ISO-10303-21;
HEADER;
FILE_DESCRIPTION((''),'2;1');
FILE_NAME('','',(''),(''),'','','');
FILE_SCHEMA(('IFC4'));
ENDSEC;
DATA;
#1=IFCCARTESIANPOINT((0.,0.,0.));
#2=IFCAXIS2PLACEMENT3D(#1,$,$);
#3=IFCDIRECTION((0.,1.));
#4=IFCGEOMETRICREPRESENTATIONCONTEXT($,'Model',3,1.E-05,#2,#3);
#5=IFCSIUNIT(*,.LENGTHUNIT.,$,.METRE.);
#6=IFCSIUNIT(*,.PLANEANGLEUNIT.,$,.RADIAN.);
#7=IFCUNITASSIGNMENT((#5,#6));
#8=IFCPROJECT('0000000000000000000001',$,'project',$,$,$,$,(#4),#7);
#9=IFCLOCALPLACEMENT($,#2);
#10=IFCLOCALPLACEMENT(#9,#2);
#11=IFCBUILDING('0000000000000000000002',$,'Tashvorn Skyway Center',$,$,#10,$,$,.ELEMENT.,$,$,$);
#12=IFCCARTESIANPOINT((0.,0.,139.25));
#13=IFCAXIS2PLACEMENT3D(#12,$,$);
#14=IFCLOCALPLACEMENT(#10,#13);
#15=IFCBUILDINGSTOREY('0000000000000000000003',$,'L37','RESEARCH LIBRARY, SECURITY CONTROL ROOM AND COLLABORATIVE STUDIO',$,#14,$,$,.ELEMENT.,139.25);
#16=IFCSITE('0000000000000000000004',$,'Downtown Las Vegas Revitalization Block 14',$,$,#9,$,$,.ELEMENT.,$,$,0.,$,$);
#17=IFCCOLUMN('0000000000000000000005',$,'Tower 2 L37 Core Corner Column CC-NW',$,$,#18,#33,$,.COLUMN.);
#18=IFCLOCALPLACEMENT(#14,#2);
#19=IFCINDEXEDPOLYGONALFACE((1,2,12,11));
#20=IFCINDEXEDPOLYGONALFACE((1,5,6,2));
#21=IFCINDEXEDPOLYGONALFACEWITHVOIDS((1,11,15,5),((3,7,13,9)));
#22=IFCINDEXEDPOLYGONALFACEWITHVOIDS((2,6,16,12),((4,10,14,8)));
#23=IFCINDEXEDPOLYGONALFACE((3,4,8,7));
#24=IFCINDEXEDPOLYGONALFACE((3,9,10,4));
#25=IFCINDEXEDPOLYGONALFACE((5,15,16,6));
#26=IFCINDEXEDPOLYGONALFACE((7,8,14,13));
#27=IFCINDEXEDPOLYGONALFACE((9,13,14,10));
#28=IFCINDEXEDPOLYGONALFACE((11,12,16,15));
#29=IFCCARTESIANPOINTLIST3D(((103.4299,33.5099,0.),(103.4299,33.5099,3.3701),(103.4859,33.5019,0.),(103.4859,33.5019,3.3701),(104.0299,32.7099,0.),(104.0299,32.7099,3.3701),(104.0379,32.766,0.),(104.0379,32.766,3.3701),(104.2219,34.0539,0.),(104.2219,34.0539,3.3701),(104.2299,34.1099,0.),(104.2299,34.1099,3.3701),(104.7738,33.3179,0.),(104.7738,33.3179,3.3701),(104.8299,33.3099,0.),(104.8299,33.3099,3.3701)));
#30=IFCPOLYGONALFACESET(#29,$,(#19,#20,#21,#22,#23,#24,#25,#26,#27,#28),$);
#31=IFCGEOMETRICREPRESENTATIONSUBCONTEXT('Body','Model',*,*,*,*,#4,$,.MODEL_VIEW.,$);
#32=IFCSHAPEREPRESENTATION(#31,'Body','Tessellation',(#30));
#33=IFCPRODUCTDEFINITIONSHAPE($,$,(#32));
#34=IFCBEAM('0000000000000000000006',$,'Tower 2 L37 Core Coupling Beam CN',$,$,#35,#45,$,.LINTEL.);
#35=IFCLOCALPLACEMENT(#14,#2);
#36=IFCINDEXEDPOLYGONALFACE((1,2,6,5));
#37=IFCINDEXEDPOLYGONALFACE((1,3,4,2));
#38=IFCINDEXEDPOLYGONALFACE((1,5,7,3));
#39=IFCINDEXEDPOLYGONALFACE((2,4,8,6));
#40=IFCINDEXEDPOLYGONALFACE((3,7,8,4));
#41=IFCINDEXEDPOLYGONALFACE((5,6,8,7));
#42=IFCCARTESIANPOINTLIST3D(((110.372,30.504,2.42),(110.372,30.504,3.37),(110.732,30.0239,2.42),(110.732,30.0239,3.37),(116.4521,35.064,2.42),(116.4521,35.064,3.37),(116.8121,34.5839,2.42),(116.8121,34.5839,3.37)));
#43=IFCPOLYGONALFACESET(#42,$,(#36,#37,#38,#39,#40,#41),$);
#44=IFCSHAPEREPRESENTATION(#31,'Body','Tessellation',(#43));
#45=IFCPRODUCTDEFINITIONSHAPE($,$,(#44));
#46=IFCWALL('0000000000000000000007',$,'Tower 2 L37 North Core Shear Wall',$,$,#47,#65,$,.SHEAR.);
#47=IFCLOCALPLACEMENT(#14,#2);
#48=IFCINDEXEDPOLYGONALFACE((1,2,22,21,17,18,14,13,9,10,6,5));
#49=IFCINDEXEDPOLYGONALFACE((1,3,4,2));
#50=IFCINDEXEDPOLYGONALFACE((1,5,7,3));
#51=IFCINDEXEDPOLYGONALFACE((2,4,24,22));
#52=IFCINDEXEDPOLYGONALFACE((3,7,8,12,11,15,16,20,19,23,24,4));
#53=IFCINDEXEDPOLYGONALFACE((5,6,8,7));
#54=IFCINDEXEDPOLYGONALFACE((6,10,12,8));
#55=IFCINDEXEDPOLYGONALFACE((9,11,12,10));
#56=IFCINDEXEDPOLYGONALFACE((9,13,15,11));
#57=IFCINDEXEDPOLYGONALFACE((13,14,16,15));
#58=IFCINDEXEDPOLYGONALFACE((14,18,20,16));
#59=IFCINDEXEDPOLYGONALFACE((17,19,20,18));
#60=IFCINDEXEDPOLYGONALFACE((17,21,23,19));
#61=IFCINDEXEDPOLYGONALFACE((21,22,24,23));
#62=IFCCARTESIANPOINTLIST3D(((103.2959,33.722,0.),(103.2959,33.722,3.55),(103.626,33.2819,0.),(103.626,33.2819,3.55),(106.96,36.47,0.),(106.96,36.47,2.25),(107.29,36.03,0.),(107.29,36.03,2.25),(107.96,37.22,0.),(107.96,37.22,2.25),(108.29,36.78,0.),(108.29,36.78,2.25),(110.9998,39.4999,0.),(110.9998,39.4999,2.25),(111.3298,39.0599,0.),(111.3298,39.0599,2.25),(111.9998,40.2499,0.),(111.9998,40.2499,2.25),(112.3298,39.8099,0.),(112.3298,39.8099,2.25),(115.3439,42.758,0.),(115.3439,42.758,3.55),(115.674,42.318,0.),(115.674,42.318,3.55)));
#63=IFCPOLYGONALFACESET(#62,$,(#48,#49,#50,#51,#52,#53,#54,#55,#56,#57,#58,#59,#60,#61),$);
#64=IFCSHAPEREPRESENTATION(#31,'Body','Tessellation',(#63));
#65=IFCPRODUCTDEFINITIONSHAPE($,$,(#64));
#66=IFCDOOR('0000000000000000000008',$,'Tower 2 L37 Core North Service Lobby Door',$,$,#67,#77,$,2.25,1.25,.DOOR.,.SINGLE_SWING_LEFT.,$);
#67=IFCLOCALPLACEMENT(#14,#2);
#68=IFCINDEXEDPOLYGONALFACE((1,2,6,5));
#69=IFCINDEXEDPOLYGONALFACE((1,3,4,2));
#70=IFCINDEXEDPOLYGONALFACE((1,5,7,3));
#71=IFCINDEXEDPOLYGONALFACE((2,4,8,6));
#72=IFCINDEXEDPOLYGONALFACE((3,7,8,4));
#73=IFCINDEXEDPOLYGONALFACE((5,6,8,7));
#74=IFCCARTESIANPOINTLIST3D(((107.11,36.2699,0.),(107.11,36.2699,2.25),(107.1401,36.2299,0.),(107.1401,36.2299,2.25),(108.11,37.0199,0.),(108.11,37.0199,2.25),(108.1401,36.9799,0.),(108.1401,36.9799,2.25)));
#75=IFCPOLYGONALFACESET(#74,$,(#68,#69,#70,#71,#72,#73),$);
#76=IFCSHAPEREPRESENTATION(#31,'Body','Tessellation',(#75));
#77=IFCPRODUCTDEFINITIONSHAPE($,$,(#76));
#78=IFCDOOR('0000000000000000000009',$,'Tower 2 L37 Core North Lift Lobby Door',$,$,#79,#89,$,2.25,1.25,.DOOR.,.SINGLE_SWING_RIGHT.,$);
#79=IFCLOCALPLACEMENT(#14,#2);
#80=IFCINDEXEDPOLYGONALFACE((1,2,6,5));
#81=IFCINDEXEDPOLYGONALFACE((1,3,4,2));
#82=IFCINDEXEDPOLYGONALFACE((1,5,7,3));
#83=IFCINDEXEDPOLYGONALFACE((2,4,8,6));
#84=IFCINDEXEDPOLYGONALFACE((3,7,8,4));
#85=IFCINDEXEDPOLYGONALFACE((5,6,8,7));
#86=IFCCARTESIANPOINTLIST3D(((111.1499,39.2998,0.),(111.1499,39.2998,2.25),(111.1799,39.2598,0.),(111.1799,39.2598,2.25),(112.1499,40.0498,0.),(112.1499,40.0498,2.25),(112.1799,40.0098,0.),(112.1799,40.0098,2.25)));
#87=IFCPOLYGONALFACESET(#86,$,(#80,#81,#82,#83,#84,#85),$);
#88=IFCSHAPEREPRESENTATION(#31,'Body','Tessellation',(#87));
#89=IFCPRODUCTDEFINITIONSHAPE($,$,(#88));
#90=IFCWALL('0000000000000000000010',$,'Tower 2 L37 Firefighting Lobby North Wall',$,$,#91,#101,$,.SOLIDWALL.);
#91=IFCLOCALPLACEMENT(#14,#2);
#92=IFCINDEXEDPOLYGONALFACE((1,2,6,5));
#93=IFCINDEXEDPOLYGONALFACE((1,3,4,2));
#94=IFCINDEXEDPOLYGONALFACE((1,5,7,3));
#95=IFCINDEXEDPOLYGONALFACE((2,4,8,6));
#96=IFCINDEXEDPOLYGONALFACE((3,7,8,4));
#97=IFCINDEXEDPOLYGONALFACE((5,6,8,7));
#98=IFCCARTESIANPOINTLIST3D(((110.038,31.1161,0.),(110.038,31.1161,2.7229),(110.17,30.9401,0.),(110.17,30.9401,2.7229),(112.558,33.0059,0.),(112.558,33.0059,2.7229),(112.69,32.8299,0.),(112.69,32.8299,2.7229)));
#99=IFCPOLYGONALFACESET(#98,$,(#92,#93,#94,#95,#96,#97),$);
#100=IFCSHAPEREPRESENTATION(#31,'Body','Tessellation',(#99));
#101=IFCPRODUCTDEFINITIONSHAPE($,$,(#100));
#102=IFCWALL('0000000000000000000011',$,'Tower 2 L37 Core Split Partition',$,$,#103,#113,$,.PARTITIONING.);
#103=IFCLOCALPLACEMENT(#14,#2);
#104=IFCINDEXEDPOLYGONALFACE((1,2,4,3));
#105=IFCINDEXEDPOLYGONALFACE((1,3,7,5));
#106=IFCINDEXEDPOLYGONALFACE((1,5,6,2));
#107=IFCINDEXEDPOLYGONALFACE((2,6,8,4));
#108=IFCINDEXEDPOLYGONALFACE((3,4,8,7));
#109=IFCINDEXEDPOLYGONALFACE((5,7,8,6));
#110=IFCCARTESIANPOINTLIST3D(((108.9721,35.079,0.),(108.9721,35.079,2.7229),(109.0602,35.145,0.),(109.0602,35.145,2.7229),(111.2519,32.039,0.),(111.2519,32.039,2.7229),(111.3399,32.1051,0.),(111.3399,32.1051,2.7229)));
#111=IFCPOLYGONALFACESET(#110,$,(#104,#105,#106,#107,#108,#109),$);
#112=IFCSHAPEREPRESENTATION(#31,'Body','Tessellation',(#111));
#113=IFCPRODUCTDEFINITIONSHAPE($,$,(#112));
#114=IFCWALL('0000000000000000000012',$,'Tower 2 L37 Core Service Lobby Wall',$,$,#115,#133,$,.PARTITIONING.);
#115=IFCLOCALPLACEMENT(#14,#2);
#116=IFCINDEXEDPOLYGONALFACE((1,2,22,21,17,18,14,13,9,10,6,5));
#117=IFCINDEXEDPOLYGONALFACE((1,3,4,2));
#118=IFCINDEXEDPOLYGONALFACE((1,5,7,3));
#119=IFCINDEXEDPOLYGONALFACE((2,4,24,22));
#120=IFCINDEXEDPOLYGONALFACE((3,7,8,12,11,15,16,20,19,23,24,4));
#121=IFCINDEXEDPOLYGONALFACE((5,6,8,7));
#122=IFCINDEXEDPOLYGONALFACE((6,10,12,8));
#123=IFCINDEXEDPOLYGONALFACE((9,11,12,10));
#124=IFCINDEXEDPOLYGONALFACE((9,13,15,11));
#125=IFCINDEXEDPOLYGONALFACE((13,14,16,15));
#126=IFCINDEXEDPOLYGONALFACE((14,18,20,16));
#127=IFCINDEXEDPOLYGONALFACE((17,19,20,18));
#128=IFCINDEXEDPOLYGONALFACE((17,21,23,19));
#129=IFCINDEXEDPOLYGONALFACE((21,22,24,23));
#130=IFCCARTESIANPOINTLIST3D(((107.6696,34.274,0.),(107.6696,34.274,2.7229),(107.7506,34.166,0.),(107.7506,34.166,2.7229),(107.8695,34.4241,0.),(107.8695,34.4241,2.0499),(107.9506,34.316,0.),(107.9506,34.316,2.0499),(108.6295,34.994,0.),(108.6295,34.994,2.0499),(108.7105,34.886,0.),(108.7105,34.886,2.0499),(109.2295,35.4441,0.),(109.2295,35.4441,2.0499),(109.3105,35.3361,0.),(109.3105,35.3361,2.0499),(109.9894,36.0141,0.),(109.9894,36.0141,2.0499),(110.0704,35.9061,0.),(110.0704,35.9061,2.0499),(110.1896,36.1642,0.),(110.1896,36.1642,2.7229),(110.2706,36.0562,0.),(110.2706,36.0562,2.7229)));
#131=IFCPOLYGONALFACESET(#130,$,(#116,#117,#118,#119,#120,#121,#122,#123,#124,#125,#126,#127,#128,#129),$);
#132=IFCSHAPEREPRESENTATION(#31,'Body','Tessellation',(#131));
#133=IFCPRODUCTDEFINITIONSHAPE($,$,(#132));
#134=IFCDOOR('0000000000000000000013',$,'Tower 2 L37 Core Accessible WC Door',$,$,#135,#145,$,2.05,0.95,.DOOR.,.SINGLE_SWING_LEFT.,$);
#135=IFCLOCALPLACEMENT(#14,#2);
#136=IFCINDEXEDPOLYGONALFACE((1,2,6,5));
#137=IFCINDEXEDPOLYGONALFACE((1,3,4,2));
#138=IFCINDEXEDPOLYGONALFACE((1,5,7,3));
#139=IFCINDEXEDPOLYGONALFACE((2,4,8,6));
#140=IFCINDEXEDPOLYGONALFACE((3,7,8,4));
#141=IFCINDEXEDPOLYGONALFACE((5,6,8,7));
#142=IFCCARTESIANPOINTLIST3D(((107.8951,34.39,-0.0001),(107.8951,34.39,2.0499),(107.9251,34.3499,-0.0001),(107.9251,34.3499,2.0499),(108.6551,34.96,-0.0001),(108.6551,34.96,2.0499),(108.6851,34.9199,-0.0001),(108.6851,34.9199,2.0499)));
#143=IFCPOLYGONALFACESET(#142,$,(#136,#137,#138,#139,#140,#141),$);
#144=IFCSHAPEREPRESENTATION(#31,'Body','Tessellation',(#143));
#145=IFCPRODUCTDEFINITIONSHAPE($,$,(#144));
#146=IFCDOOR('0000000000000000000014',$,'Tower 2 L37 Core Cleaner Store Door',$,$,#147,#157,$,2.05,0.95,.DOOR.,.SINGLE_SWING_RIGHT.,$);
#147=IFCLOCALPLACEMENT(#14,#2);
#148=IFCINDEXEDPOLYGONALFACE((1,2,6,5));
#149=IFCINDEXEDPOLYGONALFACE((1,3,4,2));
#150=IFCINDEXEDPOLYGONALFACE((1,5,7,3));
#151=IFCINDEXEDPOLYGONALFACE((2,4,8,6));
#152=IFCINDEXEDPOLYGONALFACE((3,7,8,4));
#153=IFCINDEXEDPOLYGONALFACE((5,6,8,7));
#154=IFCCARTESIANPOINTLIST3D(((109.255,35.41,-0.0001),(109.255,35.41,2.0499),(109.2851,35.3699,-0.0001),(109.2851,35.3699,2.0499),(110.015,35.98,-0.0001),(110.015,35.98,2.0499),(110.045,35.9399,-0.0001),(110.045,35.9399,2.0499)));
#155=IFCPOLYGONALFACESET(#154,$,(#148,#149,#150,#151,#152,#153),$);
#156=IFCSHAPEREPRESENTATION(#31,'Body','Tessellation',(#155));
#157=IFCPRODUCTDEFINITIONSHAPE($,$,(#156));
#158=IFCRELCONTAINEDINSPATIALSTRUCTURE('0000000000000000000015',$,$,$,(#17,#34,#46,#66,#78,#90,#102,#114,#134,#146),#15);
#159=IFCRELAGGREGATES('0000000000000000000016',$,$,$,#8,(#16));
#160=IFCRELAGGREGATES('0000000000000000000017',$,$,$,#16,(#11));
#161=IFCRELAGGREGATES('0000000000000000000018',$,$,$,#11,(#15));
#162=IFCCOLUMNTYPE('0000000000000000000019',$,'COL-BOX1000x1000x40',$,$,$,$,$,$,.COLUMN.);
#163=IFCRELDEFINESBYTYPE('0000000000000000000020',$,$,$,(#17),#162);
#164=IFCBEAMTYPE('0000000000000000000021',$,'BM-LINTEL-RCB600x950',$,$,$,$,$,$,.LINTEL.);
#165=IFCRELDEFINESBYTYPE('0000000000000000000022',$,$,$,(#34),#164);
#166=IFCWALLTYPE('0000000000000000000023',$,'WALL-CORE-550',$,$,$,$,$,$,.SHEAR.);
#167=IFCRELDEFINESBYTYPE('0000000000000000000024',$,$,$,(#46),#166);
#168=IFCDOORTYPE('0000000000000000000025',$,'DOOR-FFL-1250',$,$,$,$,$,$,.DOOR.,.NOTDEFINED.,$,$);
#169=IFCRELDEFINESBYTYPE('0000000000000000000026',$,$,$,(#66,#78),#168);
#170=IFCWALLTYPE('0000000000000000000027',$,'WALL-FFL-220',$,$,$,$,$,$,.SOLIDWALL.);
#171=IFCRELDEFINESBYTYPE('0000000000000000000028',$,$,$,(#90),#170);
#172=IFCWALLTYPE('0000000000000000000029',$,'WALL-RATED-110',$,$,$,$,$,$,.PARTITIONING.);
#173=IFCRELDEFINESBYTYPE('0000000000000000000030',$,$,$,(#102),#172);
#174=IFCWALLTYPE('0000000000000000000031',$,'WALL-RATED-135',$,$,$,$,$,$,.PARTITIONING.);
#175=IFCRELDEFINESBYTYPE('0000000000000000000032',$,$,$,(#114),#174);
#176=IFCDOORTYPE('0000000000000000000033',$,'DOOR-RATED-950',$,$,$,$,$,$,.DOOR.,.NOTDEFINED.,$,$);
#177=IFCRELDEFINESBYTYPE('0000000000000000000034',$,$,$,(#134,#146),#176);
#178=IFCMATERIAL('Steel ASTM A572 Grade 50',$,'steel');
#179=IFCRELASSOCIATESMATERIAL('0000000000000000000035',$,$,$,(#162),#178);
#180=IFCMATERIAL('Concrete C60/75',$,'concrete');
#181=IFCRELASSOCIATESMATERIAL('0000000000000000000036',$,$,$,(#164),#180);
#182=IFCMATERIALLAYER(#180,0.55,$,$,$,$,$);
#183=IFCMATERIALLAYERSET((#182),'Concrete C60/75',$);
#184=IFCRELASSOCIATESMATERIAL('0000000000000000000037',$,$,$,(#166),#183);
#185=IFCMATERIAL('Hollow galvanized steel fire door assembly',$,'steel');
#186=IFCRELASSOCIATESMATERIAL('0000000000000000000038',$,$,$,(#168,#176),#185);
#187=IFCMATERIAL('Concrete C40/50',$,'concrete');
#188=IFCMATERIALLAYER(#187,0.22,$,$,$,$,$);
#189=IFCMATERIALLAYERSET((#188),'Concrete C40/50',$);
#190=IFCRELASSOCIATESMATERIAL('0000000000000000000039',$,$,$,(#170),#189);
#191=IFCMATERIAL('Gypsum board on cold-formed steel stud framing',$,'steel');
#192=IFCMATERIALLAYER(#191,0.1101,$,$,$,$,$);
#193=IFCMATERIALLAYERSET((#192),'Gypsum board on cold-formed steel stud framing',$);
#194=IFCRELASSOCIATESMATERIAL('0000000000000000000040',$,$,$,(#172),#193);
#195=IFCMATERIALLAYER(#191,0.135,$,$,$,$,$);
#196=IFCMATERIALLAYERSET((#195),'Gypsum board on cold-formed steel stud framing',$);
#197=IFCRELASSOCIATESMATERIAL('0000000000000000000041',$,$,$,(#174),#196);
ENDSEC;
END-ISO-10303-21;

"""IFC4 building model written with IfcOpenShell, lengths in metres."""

from ifc_helpers import new_model, si_unit, direction, frame, frame_2d, origin, origin_2d, place, context, subcontext, project, spatial, rectangle, hollow_rectangle, extrude, material, layer, layer_set, material_profile, profile_set, type_object, element, fill, save


model = new_model("IFC4")

# Units and contexts
model_context = context("Model", 3, precision=1e-05, world=origin(), true_north=direction((0.0, 1.0)))
body_context = subcontext(model_context, "Body", "Model", "MODEL_VIEW")
ifc_project = project(units=[si_unit("LENGTHUNIT", "METRE"), si_unit("PLANEANGLEUNIT", "RADIAN")], contexts=[model_context])

# Site, building, storey
site_placement = place(None, origin())
site = spatial("IfcSite", under=ifc_project, at=site_placement, Name="Downtown Las Vegas Revitalization Block 14", CompositionType="ELEMENT", RefElevation=0.0)
building_placement = place(site_placement, origin())
building = spatial("IfcBuilding", under=site, at=building_placement, Name="Tashvorn Skyway Center", CompositionType="ELEMENT")
storey_placement = place(building_placement, frame((0.0, 0.0, 139.25)))
storey = spatial("IfcBuildingStorey", under=building, at=storey_placement, Name="L37", Description="RESEARCH LIBRARY, SECURITY CONTROL ROOM AND COLLABORATIVE STUDIO", CompositionType="ELEMENT", Elevation=139.25)

# Column
ifc_material_1 = material(Name="Steel ASTM A572 Grade 50", Category="steel")
ifc_material_profile_1 = material_profile(ifc_material_1, hollow_rectangle(XDim=1.0, YDim=1.0, WallThickness=0.04, at=origin_2d()), Name="BOX1000x1000x40")
ifc_profile_set_1 = profile_set([ifc_material_profile_1], Name="Steel ASTM A572 Grade 50")
column_type = type_object("IfcColumnType", Name="COL-BOX1000x1000x40", PredefinedType="COLUMN", material=ifc_profile_set_1)
column_placement = place(storey_placement, frame((104.1299, 33.4099, 0.0), z_axis=(0.0, 0.0, 1.0), x_axis=(0.8, 0.6, 0.0)))
element("IfcColumn", 1, at=column_placement, inside=storey, type_object=column_type, Name="Tower 2 L37 Core Corner Column CC-NW", PredefinedType="COLUMN", context=body_context, shape_type="SweptSolid", body=[
    extrude(hollow_rectangle(XDim=1.0, YDim=1.0, WallThickness=0.04, at=origin_2d()), origin(), (0.0, 0.0, 1.0), 3.3701),
])

# Beam
ifc_material_2 = material(Name="Concrete C60/75", Category="concrete")
ifc_material_profile_2 = material_profile(ifc_material_2, rectangle(XDim=0.6001, YDim=0.95, at=origin_2d()), Name="RCB600x950")
ifc_profile_set_2 = profile_set([ifc_material_profile_2], Name="Concrete C60/75")
beam_type = type_object("IfcBeamType", Name="BM-LINTEL-RCB600x950", PredefinedType="LINTEL", material=ifc_profile_set_2)
beam_placement = place(storey_placement, frame((110.552, 30.2639, 2.895), z_axis=(0.8, 0.6, 0.0), x_axis=(-0.6, 0.8, 0.0)))
element("IfcBeam", 2, at=beam_placement, inside=storey, type_object=beam_type, Name="Tower 2 L37 Core Coupling Beam CN", PredefinedType="LINTEL", context=body_context, shape_type="SweptSolid", body=[
    extrude(rectangle(XDim=0.6001, YDim=0.95, at=origin_2d()), origin(), (0.0, 0.0, 1.0), 7.6001),
])

# Wall, openings, doors
ifc_layer_1 = layer(ifc_material_2, 0.55)
ifc_layer_set_1 = layer_set([ifc_layer_1], Name="Concrete C60/75")
wall_type_1 = type_object("IfcWallType", Name="WALL-CORE-550", PredefinedType="SHEAR", material=ifc_layer_set_1)
wall_1_placement = place(storey_placement, frame((103.4609, 33.502, 0.0), z_axis=(0.0, 0.0, 1.0), x_axis=(0.799998, 0.600003, 0.0)))
wall_1 = element("IfcWall", 3, at=wall_1_placement, inside=storey, type_object=wall_type_1, Name="Tower 2 L37 North Core Shear Wall", PredefinedType="SHEAR", context=body_context, shape_type="SweptSolid", body=[
    extrude(rectangle(XDim=15.0601, YDim=0.55, at=frame_2d((7.53, 0.0))), origin(), (0.0, 0.0, 1.0), 3.55),
])
opening_1_placement = place(wall_1_placement, frame((4.5801, 0.0, 0.0)))
opening_1 = element("IfcOpeningElement", 4, at=opening_1_placement, cuts=wall_1, PredefinedType="OPENING", context=body_context, shape_type="SweptSolid", body=[
    extrude(rectangle(XDim=1.25, YDim=2.25, at=frame_2d((0.625, 1.125))), frame((0.0, 0.2849, 0.0), z_axis=(0.0, -1.0, 0.0), x_axis=(1.0, 0.0, 0.0)), (0.0, 0.0, 1.0), 0.5701),
])
opening_2_placement = place(wall_1_placement, frame((9.6299, 0.0, 0.0)))
opening_2 = element("IfcOpeningElement", 5, at=opening_2_placement, cuts=wall_1, PredefinedType="OPENING", context=body_context, shape_type="SweptSolid", body=[
    extrude(rectangle(XDim=1.25, YDim=2.25, at=frame_2d((0.625, 1.125))), frame((0.0, 0.2849, 0.0), z_axis=(0.0, -1.0, 0.0), x_axis=(1.0, 0.0, 0.0)), (0.0, 0.0, 1.0), 0.5701),
])
ifc_material_3 = material(Name="Hollow galvanized steel fire door assembly", Category="steel")
door_type_1 = type_object("IfcDoorType", Name="DOOR-FFL-1250", OperationType="NOTDEFINED", PredefinedType="DOOR", material=ifc_material_3)
door_1_placement = place(opening_1_placement, origin())
door_1 = element("IfcDoor", 6, at=door_1_placement, inside=storey, type_object=door_type_1, Name="Tower 2 L37 Core North Service Lobby Door", OperationType="SINGLE_SWING_LEFT", OverallHeight=2.25, OverallWidth=1.25, PredefinedType="DOOR", context=body_context, shape_type="SweptSolid", body=[
    extrude(rectangle(XDim=1.25, YDim=2.25, at=frame_2d((0.625, 1.125))), frame((0.0, 0.0249, 0.0), z_axis=(0.0, -1.0, 0.0), x_axis=(1.0, 0.0, 0.0)), (0.0, 0.0, 1.0), 0.05),
])
fill(opening_1, door_1)
door_2_placement = place(opening_2_placement, origin())
door_2 = element("IfcDoor", 7, at=door_2_placement, inside=storey, type_object=door_type_1, Name="Tower 2 L37 Core North Lift Lobby Door", OperationType="SINGLE_SWING_RIGHT", OverallHeight=2.25, OverallWidth=1.25, PredefinedType="DOOR", context=body_context, shape_type="SweptSolid", body=[
    extrude(rectangle(XDim=1.25, YDim=2.25, at=frame_2d((0.625, 1.125))), frame((0.0, 0.0249, 0.0), z_axis=(0.0, -1.0, 0.0), x_axis=(1.0, 0.0, 0.0)), (0.0, 0.0, 1.0), 0.05),
])
fill(opening_2, door_2)

# Walls
ifc_material_4 = material(Name="Concrete C40/50", Category="concrete")
ifc_layer_2 = layer(ifc_material_4, 0.22)
ifc_layer_set_2 = layer_set([ifc_layer_2], Name="Concrete C40/50")
wall_type_2 = type_object("IfcWallType", Name="WALL-FFL-220", PredefinedType="SOLIDWALL", material=ifc_layer_set_2)
wall_2_placement = place(storey_placement, frame((110.104, 31.0281, 0.0), z_axis=(0.0, 0.0, 1.0), x_axis=(0.800019, 0.599975, 0.0)))
element("IfcWall", 8, at=wall_2_placement, inside=storey, type_object=wall_type_2, Name="Tower 2 L37 Firefighting Lobby North Wall", PredefinedType="SOLIDWALL", context=body_context, shape_type="SweptSolid", body=[
    extrude(rectangle(XDim=3.1499, YDim=0.22, at=frame_2d((1.575, 0.0))), origin(), (0.0, 0.0, 1.0), 2.7229),
])
ifc_material_5 = material(Name="Gypsum board on cold-formed steel stud framing", Category="steel")
ifc_layer_3 = layer(ifc_material_5, 0.1101)
ifc_layer_set_3 = layer_set([ifc_layer_3], Name="Gypsum board on cold-formed steel stud framing")
wall_type_3 = type_object("IfcWallType", Name="WALL-RATED-110", PredefinedType="PARTITIONING", material=ifc_layer_set_3)
wall_3_placement = place(storey_placement, frame((111.2959, 32.072, 0.0), z_axis=(0.0, 0.0, 1.0), x_axis=(-0.599959, 0.800031, 0.0)))
element("IfcWall", 9, at=wall_3_placement, inside=storey, type_object=wall_type_3, Name="Tower 2 L37 Core Split Partition", PredefinedType="PARTITIONING", context=body_context, shape_type="SweptSolid", body=[
    extrude(rectangle(XDim=3.7998, YDim=0.1101, at=frame_2d((1.8999, 0.0))), origin(), (0.0, 0.0, 1.0), 2.7229),
])

# Wall, openings, doors
ifc_layer_4 = layer(ifc_material_5, 0.135)
ifc_layer_set_4 = layer_set([ifc_layer_4], Name="Gypsum board on cold-formed steel stud framing")
wall_type_4 = type_object("IfcWallType", Name="WALL-RATED-135", PredefinedType="PARTITIONING", material=ifc_layer_set_4)
wall_4_placement = place(storey_placement, frame((107.71, 34.22, 0.0), z_axis=(0.0, 0.0, 1.0), x_axis=(0.799981, 0.600025, 0.0)))
wall_4 = element("IfcWall", 10, at=wall_4_placement, inside=storey, type_object=wall_type_4, Name="Tower 2 L37 Core Service Lobby Wall", PredefinedType="PARTITIONING", context=body_context, shape_type="SweptSolid", body=[
    extrude(rectangle(XDim=3.1501, YDim=0.135, at=frame_2d((1.5752, 0.0))), origin(), (0.0, 0.0, 1.0), 2.7229),
])
opening_3_placement = place(wall_4_placement, frame((0.25, 0.0, 0.0)))
opening_3 = element("IfcOpeningElement", 11, at=opening_3_placement, cuts=wall_4, PredefinedType="OPENING", context=body_context, shape_type="SweptSolid", body=[
    extrude(rectangle(XDim=0.95, YDim=2.05, at=frame_2d((0.4751, 1.0249))), frame((0.0, 0.0774, 0.0), z_axis=(0.0, -1.0, 0.0), x_axis=(1.0, 0.0, 0.0)), (0.0, 0.0, 1.0), 0.155),
])
opening_4_placement = place(wall_4_placement, frame((1.95, 0.0, 0.0)))
opening_4 = element("IfcOpeningElement", 12, at=opening_4_placement, cuts=wall_4, PredefinedType="OPENING", context=body_context, shape_type="SweptSolid", body=[
    extrude(rectangle(XDim=0.95, YDim=2.05, at=frame_2d((0.4751, 1.0249))), frame((0.0, 0.0774, 0.0), z_axis=(0.0, -1.0, 0.0), x_axis=(1.0, 0.0, 0.0)), (0.0, 0.0, 1.0), 0.155),
])
door_type_2 = type_object("IfcDoorType", Name="DOOR-RATED-950", OperationType="NOTDEFINED", PredefinedType="DOOR", material=ifc_material_3)
door_3_placement = place(opening_3_placement, origin())
door_3 = element("IfcDoor", 13, at=door_3_placement, inside=storey, type_object=door_type_2, Name="Tower 2 L37 Core Accessible WC Door", OperationType="SINGLE_SWING_LEFT", OverallHeight=2.05, OverallWidth=0.95, PredefinedType="DOOR", context=body_context, shape_type="SweptSolid", body=[
    extrude(rectangle(XDim=0.95, YDim=2.05, at=frame_2d((0.4751, 1.0249))), frame((0.0, 0.0249, 0.0), z_axis=(0.0, -1.0, 0.0), x_axis=(1.0, 0.0, 0.0)), (0.0, 0.0, 1.0), 0.05),
])
fill(opening_3, door_3)
door_4_placement = place(opening_4_placement, origin())
door_4 = element("IfcDoor", 14, at=door_4_placement, inside=storey, type_object=door_type_2, Name="Tower 2 L37 Core Cleaner Store Door", OperationType="SINGLE_SWING_RIGHT", OverallHeight=2.05, OverallWidth=0.95, PredefinedType="DOOR", context=body_context, shape_type="SweptSolid", body=[
    extrude(rectangle(XDim=0.95, YDim=2.05, at=frame_2d((0.4751, 1.0249))), frame((0.0, 0.0249, 0.0), z_axis=(0.0, -1.0, 0.0), x_axis=(1.0, 0.0, 0.0)), (0.0, 0.0, 1.0), 0.05),
])
fill(opening_4, door_4)

save(model, "model.ifc")
